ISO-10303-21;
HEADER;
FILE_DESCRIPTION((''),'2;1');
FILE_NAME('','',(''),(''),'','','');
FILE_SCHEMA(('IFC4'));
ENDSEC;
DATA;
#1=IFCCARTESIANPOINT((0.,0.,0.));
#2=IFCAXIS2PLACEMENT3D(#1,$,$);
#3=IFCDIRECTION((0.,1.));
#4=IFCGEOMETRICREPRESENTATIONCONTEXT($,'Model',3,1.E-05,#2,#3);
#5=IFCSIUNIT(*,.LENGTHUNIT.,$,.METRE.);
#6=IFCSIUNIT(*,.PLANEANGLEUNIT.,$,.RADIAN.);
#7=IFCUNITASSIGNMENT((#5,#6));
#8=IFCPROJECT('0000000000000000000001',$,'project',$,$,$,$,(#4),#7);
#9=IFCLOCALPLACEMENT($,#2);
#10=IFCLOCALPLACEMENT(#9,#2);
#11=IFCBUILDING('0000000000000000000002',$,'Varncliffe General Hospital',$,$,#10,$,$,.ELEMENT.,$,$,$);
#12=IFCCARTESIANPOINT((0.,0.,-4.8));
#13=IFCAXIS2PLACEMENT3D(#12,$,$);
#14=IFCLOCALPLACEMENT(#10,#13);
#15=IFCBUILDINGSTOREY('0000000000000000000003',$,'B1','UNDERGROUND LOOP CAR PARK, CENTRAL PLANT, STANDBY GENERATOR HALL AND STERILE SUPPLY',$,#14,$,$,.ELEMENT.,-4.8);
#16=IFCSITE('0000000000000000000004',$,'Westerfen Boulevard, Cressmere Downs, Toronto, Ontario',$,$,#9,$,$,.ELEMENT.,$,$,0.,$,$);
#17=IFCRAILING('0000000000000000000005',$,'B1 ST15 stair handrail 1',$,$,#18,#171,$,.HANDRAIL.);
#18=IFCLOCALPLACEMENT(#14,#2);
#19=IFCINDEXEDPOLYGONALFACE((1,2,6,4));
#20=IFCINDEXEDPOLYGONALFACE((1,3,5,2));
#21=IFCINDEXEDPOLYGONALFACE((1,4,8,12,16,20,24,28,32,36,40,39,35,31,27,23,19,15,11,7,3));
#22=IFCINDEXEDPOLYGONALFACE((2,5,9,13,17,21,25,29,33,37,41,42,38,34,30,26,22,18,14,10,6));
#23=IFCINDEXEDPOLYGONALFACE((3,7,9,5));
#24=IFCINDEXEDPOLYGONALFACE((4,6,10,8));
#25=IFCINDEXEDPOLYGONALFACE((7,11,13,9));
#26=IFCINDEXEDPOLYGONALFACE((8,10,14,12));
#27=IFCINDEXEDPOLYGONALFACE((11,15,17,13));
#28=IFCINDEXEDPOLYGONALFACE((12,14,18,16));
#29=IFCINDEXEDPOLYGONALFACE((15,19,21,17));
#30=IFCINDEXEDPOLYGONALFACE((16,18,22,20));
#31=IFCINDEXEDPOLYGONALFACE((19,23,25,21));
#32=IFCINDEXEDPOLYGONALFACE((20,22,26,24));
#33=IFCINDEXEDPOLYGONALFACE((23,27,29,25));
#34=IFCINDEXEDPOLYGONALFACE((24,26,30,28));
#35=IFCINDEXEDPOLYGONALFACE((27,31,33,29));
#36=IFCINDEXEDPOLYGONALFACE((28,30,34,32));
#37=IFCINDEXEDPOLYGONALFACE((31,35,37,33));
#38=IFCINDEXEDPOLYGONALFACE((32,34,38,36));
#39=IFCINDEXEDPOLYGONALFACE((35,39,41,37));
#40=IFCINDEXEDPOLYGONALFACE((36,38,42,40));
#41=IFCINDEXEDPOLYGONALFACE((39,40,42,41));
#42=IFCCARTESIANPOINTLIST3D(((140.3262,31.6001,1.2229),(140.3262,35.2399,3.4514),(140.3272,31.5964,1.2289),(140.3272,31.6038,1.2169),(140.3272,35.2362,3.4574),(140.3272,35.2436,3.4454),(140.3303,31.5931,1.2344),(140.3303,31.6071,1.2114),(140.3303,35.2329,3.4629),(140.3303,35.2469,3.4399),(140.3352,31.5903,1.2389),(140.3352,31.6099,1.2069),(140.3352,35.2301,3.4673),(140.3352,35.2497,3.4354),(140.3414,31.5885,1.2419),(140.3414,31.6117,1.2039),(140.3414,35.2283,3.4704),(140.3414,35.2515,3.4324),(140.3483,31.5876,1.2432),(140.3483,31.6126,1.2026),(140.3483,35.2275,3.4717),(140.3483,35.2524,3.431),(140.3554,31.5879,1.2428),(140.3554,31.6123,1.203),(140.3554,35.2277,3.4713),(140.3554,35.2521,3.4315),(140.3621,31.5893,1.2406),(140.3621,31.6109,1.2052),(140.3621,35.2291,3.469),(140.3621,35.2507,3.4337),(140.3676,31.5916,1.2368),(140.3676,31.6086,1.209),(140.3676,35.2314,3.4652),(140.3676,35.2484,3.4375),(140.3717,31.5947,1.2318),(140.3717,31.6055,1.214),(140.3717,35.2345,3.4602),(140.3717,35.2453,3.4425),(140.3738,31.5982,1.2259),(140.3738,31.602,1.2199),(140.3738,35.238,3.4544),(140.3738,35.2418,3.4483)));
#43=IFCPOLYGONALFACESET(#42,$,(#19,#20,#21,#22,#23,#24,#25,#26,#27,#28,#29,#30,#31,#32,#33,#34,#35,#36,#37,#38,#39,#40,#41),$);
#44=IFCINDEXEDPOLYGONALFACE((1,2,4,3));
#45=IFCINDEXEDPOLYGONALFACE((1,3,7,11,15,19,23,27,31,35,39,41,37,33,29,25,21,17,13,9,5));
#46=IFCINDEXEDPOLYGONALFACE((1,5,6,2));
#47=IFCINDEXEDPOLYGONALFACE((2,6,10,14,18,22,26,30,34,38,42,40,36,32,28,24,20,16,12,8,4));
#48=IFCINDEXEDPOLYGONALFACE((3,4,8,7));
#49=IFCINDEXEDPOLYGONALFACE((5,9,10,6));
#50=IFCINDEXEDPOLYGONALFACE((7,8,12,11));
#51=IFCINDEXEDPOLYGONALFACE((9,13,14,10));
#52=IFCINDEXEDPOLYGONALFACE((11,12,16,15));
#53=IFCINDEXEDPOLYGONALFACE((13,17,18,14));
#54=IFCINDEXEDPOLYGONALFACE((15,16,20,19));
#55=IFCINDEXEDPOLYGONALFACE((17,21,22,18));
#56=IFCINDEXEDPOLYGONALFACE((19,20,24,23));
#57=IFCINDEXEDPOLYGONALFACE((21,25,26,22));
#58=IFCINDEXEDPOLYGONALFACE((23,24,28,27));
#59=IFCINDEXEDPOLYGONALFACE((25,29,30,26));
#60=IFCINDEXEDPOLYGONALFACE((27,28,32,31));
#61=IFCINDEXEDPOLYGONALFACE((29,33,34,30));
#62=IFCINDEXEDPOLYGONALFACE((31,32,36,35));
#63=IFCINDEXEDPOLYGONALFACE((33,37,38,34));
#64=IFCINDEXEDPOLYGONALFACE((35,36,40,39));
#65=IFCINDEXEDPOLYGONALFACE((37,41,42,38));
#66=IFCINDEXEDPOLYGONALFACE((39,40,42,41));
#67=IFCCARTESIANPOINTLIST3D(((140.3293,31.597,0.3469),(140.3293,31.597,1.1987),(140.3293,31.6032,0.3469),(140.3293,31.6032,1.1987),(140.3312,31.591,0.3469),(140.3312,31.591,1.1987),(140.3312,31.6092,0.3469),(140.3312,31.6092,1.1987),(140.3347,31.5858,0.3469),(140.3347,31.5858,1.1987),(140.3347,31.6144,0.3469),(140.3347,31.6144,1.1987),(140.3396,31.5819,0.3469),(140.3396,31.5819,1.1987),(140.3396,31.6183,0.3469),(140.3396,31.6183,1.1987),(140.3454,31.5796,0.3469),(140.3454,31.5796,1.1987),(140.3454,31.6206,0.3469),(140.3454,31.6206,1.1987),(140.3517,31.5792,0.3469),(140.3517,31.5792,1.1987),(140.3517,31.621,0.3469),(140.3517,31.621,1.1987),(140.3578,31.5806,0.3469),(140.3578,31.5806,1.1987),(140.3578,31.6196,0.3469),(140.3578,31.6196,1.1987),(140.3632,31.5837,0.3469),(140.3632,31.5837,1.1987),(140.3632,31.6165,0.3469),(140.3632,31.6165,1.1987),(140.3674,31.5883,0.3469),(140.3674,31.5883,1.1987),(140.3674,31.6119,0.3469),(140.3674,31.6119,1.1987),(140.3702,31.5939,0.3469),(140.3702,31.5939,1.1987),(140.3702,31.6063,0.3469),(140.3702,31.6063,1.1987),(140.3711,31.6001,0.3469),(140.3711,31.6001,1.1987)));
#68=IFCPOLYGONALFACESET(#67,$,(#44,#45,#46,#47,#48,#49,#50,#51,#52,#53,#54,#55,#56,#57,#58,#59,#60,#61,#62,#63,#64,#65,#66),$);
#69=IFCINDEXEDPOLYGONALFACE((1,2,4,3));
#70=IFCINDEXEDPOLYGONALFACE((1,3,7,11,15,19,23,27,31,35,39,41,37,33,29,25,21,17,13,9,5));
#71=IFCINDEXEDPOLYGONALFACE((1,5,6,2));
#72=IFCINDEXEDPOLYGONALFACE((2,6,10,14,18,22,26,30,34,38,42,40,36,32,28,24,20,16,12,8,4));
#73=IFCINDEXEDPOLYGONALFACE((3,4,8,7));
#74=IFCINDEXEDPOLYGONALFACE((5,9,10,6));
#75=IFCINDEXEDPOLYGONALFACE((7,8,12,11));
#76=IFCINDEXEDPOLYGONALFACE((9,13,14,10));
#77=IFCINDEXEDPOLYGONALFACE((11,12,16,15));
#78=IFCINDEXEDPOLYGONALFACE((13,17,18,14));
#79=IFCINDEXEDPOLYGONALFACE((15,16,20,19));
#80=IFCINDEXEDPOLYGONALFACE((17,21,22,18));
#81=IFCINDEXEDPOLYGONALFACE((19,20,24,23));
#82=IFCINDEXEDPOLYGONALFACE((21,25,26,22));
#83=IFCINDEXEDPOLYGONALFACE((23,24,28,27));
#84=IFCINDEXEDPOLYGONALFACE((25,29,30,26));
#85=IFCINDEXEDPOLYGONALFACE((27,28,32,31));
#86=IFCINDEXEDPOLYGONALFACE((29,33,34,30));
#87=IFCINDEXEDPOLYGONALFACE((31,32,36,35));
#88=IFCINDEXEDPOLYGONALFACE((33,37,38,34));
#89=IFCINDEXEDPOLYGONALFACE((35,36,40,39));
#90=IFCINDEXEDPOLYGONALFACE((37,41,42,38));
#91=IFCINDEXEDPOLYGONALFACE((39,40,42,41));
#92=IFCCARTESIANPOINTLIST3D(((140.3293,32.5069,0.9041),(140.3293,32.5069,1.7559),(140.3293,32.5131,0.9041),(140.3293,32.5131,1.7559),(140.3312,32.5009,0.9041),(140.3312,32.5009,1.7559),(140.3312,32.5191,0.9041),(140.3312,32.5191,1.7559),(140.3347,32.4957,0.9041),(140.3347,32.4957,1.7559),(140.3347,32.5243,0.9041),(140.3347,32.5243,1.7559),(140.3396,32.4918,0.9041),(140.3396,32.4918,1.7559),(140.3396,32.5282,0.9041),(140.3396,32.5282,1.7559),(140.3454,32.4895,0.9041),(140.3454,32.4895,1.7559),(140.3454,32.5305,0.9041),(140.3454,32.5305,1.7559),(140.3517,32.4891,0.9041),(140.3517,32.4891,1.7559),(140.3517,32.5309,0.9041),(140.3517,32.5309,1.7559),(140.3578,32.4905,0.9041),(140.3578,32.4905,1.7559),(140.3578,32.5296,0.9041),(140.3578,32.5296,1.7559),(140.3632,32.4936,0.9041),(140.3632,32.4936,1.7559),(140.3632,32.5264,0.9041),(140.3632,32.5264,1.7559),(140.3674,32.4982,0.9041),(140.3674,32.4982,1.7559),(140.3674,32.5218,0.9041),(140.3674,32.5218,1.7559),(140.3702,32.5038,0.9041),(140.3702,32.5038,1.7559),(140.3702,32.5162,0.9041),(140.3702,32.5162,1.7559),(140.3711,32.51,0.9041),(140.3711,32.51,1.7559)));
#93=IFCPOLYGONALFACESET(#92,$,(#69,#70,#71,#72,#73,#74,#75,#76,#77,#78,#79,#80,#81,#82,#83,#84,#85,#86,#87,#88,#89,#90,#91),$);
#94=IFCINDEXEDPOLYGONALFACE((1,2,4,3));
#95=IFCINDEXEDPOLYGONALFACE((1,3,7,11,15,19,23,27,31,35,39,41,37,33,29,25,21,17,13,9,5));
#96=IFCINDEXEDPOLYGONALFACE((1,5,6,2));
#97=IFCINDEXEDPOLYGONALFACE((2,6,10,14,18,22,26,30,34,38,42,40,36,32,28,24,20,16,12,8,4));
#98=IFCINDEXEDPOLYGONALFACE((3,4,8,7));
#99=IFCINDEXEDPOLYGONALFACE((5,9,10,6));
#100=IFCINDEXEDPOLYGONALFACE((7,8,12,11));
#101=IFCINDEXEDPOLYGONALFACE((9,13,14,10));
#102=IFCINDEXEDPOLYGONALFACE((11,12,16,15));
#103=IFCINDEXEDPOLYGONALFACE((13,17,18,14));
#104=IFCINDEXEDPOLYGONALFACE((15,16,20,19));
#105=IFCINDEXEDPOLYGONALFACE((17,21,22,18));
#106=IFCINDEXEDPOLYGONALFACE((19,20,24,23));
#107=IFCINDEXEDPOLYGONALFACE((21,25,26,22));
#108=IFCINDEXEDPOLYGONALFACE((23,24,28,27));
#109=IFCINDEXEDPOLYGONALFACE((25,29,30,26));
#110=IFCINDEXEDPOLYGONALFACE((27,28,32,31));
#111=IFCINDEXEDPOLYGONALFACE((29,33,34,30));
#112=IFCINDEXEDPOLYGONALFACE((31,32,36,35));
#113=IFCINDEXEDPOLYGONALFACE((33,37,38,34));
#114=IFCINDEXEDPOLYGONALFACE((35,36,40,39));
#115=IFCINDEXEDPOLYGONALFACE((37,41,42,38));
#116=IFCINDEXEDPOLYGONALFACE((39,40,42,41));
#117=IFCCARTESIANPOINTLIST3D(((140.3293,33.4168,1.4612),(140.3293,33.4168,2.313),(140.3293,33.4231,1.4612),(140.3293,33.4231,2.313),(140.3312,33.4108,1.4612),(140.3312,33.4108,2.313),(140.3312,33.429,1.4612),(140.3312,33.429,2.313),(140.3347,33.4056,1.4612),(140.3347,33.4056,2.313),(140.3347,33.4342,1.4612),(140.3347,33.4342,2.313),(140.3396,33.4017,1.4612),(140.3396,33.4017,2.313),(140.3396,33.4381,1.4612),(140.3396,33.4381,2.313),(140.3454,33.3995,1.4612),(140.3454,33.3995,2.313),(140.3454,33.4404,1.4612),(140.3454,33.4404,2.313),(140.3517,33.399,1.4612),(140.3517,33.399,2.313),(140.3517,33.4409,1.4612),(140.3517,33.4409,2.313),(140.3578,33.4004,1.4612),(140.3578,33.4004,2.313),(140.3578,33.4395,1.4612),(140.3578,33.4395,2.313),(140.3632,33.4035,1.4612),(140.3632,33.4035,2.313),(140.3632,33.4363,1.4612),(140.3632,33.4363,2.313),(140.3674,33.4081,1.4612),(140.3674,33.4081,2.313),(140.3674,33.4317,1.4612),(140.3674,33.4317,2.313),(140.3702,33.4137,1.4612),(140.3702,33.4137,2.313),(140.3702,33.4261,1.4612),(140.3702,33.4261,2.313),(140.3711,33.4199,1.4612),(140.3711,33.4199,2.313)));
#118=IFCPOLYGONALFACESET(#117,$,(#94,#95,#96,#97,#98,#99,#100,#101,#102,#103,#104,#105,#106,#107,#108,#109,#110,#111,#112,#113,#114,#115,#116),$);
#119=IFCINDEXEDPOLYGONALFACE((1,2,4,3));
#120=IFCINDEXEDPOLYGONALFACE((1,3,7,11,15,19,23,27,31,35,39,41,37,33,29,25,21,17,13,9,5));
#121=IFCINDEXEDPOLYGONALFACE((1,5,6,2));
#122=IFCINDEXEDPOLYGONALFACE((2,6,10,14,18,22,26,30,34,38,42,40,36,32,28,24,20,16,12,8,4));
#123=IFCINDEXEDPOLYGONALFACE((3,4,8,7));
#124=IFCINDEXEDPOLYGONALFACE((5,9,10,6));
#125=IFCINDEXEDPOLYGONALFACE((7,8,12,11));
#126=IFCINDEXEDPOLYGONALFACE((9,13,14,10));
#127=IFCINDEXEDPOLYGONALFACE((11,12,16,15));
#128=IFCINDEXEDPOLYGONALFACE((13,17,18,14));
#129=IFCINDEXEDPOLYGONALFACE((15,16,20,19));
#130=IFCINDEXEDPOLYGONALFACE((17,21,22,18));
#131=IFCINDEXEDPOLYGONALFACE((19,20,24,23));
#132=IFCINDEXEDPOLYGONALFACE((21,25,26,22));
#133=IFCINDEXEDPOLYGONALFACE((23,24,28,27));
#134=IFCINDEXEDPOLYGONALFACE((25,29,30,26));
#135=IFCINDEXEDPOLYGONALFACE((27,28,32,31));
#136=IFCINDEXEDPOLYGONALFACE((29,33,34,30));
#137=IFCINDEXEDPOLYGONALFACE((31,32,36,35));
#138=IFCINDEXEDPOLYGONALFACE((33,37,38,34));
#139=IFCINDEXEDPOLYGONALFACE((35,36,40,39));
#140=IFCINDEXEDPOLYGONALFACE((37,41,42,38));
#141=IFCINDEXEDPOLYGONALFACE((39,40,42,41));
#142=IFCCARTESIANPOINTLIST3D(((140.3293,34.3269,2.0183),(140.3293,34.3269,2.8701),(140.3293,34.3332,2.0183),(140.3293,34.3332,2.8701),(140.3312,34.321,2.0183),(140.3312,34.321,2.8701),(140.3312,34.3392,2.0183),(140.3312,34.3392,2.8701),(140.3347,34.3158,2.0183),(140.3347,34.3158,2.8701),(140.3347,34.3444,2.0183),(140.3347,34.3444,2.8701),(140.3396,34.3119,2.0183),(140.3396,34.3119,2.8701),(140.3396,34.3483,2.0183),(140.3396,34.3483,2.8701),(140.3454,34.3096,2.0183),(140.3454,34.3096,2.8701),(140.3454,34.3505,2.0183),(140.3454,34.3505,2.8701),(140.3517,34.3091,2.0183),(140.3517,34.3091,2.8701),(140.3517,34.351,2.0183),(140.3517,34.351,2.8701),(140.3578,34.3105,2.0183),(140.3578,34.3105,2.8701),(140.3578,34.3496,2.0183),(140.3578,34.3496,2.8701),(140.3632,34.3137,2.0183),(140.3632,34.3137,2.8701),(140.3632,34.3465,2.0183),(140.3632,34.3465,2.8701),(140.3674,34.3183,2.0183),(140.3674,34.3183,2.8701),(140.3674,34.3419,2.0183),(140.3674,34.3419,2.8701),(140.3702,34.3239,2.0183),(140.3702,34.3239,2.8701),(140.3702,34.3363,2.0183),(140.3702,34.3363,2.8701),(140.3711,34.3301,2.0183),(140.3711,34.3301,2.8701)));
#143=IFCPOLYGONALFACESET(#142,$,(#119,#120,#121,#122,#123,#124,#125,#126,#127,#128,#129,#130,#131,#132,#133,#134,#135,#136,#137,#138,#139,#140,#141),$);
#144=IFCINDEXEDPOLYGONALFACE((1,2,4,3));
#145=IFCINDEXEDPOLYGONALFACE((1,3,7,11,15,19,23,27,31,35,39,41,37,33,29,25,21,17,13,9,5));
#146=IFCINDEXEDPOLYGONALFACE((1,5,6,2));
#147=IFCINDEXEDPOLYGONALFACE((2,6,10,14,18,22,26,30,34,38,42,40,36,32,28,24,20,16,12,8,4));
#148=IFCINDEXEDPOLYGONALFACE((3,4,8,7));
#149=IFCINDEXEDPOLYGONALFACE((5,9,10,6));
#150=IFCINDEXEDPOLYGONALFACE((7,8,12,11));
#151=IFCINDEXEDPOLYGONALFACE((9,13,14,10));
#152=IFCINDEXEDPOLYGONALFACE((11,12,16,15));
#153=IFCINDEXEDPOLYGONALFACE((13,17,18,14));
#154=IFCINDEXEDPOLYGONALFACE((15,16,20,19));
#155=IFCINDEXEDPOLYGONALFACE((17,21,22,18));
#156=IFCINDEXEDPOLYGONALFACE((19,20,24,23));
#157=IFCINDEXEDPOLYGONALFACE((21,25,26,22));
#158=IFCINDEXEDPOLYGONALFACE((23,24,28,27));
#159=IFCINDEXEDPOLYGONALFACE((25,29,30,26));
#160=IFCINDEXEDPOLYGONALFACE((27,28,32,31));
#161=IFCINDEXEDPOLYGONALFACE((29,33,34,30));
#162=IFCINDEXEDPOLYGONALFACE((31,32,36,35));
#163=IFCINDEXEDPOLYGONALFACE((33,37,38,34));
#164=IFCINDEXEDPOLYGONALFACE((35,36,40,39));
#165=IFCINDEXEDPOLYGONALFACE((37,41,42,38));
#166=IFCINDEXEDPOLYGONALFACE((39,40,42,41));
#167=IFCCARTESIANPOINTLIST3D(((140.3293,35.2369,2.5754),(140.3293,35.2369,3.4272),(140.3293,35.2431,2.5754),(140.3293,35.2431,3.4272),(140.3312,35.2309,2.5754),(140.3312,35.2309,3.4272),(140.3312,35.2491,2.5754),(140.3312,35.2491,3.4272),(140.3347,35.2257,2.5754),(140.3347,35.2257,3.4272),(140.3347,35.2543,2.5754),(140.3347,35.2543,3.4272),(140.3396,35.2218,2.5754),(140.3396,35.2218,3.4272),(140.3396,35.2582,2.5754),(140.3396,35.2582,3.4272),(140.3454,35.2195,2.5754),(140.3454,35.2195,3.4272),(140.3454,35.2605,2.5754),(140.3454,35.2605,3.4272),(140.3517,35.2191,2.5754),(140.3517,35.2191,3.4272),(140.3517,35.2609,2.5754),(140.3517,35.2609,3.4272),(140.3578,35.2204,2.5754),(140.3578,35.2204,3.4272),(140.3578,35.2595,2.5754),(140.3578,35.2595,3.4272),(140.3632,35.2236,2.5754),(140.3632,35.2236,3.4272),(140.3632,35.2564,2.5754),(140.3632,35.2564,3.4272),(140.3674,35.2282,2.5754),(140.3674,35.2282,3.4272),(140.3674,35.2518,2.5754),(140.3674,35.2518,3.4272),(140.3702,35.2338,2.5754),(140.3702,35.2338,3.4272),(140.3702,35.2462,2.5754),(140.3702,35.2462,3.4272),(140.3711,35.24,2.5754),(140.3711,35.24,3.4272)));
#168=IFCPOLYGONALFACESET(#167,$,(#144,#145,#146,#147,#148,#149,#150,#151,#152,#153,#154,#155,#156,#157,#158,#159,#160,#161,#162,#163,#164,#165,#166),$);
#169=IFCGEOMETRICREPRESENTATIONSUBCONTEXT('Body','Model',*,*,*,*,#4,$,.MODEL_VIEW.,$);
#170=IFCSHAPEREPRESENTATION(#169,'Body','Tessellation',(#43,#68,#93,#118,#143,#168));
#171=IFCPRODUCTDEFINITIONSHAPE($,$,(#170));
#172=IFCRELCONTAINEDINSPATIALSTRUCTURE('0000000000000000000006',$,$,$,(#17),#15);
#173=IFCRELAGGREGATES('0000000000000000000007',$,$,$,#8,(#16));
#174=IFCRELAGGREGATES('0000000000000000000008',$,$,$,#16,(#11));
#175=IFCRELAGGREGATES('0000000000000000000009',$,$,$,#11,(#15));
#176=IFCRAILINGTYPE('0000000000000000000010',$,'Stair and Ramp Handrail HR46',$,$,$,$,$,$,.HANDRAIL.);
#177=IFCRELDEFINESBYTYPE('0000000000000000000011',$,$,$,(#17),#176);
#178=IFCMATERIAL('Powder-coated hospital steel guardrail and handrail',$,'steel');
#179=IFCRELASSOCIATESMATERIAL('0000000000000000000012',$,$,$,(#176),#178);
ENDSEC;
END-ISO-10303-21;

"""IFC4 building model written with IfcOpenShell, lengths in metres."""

from ifc_helpers import new_model, si_unit, direction, frame, origin, origin_2d, place, context, subcontext, project, spatial, circle, extrude, material, type_object, element, save


model = new_model("IFC4")

# Units and contexts
model_context = context("Model", 3, precision=1e-05, world=origin(), true_north=direction((0.0, 1.0)))
body_context = subcontext(model_context, "Body", "Model", "MODEL_VIEW")
ifc_project = project(units=[si_unit("LENGTHUNIT", "METRE"), si_unit("PLANEANGLEUNIT", "RADIAN")], contexts=[model_context])

# Site, building, storey
site_placement = place(None, origin())
site = spatial("IfcSite", under=ifc_project, at=site_placement, Name="Westerfen Boulevard, Cressmere Downs, Toronto, Ontario", CompositionType="ELEMENT", RefElevation=0.0)
building_placement = place(site_placement, origin())
building = spatial("IfcBuilding", under=site, at=building_placement, Name="Varncliffe General Hospital", CompositionType="ELEMENT")
storey_placement = place(building_placement, frame((0.0, 0.0, -4.8)))
storey = spatial("IfcBuildingStorey", under=building, at=storey_placement, Name="B1", Description="UNDERGROUND LOOP CAR PARK, CENTRAL PLANT, STANDBY GENERATOR HALL AND STERILE SUPPLY", CompositionType="ELEMENT", Elevation=-4.8)

# Railing
ifc_material_1 = material(Name="Powder-coated hospital steel guardrail and handrail", Category="steel")
railing_type_1 = type_object("IfcRailingType", Name="Stair and Ramp Handrail HR46", PredefinedType="HANDRAIL", material=ifc_material_1)
railing_1_placement = place(storey_placement, frame((140.3501, 31.6001, 0.3469)))
element("IfcRailing", 1, at=railing_1_placement, inside=storey, type_object=railing_type_1, Name="B1 ST15 stair handrail 1", PredefinedType="HANDRAIL", context=body_context, shape_type="SweptSolid", body=[
    extrude(circle(Radius=0.0239, at=origin_2d()), frame((0.0, 0.0, 0.876), z_axis=(0.0, 0.85285, 0.522156), x_axis=(-1.0, 0.0, 0.0)), (0.0, 0.0, 1.0), 4.2678),
    extrude(circle(Radius=0.021, at=origin_2d()), origin(), (0.0, 0.0, 1.0), 0.8518),
    extrude(circle(Radius=0.021, at=origin_2d()), frame((0.0, 0.9099, 0.5571)), (0.0, 0.0, 1.0), 0.8518),
    extrude(circle(Radius=0.021, at=origin_2d()), frame((0.0, 1.8198, 1.1143)), (0.0, 0.0, 1.0), 0.8518),
    extrude(circle(Radius=0.021, at=origin_2d()), frame((0.0, 2.73, 1.6714)), (0.0, 0.0, 1.0), 0.8518),
    extrude(circle(Radius=0.021, at=origin_2d()), frame((0.0, 3.6399, 2.2285)), (0.0, 0.0, 1.0), 0.8518),
])

save(model, "model.ifc")
